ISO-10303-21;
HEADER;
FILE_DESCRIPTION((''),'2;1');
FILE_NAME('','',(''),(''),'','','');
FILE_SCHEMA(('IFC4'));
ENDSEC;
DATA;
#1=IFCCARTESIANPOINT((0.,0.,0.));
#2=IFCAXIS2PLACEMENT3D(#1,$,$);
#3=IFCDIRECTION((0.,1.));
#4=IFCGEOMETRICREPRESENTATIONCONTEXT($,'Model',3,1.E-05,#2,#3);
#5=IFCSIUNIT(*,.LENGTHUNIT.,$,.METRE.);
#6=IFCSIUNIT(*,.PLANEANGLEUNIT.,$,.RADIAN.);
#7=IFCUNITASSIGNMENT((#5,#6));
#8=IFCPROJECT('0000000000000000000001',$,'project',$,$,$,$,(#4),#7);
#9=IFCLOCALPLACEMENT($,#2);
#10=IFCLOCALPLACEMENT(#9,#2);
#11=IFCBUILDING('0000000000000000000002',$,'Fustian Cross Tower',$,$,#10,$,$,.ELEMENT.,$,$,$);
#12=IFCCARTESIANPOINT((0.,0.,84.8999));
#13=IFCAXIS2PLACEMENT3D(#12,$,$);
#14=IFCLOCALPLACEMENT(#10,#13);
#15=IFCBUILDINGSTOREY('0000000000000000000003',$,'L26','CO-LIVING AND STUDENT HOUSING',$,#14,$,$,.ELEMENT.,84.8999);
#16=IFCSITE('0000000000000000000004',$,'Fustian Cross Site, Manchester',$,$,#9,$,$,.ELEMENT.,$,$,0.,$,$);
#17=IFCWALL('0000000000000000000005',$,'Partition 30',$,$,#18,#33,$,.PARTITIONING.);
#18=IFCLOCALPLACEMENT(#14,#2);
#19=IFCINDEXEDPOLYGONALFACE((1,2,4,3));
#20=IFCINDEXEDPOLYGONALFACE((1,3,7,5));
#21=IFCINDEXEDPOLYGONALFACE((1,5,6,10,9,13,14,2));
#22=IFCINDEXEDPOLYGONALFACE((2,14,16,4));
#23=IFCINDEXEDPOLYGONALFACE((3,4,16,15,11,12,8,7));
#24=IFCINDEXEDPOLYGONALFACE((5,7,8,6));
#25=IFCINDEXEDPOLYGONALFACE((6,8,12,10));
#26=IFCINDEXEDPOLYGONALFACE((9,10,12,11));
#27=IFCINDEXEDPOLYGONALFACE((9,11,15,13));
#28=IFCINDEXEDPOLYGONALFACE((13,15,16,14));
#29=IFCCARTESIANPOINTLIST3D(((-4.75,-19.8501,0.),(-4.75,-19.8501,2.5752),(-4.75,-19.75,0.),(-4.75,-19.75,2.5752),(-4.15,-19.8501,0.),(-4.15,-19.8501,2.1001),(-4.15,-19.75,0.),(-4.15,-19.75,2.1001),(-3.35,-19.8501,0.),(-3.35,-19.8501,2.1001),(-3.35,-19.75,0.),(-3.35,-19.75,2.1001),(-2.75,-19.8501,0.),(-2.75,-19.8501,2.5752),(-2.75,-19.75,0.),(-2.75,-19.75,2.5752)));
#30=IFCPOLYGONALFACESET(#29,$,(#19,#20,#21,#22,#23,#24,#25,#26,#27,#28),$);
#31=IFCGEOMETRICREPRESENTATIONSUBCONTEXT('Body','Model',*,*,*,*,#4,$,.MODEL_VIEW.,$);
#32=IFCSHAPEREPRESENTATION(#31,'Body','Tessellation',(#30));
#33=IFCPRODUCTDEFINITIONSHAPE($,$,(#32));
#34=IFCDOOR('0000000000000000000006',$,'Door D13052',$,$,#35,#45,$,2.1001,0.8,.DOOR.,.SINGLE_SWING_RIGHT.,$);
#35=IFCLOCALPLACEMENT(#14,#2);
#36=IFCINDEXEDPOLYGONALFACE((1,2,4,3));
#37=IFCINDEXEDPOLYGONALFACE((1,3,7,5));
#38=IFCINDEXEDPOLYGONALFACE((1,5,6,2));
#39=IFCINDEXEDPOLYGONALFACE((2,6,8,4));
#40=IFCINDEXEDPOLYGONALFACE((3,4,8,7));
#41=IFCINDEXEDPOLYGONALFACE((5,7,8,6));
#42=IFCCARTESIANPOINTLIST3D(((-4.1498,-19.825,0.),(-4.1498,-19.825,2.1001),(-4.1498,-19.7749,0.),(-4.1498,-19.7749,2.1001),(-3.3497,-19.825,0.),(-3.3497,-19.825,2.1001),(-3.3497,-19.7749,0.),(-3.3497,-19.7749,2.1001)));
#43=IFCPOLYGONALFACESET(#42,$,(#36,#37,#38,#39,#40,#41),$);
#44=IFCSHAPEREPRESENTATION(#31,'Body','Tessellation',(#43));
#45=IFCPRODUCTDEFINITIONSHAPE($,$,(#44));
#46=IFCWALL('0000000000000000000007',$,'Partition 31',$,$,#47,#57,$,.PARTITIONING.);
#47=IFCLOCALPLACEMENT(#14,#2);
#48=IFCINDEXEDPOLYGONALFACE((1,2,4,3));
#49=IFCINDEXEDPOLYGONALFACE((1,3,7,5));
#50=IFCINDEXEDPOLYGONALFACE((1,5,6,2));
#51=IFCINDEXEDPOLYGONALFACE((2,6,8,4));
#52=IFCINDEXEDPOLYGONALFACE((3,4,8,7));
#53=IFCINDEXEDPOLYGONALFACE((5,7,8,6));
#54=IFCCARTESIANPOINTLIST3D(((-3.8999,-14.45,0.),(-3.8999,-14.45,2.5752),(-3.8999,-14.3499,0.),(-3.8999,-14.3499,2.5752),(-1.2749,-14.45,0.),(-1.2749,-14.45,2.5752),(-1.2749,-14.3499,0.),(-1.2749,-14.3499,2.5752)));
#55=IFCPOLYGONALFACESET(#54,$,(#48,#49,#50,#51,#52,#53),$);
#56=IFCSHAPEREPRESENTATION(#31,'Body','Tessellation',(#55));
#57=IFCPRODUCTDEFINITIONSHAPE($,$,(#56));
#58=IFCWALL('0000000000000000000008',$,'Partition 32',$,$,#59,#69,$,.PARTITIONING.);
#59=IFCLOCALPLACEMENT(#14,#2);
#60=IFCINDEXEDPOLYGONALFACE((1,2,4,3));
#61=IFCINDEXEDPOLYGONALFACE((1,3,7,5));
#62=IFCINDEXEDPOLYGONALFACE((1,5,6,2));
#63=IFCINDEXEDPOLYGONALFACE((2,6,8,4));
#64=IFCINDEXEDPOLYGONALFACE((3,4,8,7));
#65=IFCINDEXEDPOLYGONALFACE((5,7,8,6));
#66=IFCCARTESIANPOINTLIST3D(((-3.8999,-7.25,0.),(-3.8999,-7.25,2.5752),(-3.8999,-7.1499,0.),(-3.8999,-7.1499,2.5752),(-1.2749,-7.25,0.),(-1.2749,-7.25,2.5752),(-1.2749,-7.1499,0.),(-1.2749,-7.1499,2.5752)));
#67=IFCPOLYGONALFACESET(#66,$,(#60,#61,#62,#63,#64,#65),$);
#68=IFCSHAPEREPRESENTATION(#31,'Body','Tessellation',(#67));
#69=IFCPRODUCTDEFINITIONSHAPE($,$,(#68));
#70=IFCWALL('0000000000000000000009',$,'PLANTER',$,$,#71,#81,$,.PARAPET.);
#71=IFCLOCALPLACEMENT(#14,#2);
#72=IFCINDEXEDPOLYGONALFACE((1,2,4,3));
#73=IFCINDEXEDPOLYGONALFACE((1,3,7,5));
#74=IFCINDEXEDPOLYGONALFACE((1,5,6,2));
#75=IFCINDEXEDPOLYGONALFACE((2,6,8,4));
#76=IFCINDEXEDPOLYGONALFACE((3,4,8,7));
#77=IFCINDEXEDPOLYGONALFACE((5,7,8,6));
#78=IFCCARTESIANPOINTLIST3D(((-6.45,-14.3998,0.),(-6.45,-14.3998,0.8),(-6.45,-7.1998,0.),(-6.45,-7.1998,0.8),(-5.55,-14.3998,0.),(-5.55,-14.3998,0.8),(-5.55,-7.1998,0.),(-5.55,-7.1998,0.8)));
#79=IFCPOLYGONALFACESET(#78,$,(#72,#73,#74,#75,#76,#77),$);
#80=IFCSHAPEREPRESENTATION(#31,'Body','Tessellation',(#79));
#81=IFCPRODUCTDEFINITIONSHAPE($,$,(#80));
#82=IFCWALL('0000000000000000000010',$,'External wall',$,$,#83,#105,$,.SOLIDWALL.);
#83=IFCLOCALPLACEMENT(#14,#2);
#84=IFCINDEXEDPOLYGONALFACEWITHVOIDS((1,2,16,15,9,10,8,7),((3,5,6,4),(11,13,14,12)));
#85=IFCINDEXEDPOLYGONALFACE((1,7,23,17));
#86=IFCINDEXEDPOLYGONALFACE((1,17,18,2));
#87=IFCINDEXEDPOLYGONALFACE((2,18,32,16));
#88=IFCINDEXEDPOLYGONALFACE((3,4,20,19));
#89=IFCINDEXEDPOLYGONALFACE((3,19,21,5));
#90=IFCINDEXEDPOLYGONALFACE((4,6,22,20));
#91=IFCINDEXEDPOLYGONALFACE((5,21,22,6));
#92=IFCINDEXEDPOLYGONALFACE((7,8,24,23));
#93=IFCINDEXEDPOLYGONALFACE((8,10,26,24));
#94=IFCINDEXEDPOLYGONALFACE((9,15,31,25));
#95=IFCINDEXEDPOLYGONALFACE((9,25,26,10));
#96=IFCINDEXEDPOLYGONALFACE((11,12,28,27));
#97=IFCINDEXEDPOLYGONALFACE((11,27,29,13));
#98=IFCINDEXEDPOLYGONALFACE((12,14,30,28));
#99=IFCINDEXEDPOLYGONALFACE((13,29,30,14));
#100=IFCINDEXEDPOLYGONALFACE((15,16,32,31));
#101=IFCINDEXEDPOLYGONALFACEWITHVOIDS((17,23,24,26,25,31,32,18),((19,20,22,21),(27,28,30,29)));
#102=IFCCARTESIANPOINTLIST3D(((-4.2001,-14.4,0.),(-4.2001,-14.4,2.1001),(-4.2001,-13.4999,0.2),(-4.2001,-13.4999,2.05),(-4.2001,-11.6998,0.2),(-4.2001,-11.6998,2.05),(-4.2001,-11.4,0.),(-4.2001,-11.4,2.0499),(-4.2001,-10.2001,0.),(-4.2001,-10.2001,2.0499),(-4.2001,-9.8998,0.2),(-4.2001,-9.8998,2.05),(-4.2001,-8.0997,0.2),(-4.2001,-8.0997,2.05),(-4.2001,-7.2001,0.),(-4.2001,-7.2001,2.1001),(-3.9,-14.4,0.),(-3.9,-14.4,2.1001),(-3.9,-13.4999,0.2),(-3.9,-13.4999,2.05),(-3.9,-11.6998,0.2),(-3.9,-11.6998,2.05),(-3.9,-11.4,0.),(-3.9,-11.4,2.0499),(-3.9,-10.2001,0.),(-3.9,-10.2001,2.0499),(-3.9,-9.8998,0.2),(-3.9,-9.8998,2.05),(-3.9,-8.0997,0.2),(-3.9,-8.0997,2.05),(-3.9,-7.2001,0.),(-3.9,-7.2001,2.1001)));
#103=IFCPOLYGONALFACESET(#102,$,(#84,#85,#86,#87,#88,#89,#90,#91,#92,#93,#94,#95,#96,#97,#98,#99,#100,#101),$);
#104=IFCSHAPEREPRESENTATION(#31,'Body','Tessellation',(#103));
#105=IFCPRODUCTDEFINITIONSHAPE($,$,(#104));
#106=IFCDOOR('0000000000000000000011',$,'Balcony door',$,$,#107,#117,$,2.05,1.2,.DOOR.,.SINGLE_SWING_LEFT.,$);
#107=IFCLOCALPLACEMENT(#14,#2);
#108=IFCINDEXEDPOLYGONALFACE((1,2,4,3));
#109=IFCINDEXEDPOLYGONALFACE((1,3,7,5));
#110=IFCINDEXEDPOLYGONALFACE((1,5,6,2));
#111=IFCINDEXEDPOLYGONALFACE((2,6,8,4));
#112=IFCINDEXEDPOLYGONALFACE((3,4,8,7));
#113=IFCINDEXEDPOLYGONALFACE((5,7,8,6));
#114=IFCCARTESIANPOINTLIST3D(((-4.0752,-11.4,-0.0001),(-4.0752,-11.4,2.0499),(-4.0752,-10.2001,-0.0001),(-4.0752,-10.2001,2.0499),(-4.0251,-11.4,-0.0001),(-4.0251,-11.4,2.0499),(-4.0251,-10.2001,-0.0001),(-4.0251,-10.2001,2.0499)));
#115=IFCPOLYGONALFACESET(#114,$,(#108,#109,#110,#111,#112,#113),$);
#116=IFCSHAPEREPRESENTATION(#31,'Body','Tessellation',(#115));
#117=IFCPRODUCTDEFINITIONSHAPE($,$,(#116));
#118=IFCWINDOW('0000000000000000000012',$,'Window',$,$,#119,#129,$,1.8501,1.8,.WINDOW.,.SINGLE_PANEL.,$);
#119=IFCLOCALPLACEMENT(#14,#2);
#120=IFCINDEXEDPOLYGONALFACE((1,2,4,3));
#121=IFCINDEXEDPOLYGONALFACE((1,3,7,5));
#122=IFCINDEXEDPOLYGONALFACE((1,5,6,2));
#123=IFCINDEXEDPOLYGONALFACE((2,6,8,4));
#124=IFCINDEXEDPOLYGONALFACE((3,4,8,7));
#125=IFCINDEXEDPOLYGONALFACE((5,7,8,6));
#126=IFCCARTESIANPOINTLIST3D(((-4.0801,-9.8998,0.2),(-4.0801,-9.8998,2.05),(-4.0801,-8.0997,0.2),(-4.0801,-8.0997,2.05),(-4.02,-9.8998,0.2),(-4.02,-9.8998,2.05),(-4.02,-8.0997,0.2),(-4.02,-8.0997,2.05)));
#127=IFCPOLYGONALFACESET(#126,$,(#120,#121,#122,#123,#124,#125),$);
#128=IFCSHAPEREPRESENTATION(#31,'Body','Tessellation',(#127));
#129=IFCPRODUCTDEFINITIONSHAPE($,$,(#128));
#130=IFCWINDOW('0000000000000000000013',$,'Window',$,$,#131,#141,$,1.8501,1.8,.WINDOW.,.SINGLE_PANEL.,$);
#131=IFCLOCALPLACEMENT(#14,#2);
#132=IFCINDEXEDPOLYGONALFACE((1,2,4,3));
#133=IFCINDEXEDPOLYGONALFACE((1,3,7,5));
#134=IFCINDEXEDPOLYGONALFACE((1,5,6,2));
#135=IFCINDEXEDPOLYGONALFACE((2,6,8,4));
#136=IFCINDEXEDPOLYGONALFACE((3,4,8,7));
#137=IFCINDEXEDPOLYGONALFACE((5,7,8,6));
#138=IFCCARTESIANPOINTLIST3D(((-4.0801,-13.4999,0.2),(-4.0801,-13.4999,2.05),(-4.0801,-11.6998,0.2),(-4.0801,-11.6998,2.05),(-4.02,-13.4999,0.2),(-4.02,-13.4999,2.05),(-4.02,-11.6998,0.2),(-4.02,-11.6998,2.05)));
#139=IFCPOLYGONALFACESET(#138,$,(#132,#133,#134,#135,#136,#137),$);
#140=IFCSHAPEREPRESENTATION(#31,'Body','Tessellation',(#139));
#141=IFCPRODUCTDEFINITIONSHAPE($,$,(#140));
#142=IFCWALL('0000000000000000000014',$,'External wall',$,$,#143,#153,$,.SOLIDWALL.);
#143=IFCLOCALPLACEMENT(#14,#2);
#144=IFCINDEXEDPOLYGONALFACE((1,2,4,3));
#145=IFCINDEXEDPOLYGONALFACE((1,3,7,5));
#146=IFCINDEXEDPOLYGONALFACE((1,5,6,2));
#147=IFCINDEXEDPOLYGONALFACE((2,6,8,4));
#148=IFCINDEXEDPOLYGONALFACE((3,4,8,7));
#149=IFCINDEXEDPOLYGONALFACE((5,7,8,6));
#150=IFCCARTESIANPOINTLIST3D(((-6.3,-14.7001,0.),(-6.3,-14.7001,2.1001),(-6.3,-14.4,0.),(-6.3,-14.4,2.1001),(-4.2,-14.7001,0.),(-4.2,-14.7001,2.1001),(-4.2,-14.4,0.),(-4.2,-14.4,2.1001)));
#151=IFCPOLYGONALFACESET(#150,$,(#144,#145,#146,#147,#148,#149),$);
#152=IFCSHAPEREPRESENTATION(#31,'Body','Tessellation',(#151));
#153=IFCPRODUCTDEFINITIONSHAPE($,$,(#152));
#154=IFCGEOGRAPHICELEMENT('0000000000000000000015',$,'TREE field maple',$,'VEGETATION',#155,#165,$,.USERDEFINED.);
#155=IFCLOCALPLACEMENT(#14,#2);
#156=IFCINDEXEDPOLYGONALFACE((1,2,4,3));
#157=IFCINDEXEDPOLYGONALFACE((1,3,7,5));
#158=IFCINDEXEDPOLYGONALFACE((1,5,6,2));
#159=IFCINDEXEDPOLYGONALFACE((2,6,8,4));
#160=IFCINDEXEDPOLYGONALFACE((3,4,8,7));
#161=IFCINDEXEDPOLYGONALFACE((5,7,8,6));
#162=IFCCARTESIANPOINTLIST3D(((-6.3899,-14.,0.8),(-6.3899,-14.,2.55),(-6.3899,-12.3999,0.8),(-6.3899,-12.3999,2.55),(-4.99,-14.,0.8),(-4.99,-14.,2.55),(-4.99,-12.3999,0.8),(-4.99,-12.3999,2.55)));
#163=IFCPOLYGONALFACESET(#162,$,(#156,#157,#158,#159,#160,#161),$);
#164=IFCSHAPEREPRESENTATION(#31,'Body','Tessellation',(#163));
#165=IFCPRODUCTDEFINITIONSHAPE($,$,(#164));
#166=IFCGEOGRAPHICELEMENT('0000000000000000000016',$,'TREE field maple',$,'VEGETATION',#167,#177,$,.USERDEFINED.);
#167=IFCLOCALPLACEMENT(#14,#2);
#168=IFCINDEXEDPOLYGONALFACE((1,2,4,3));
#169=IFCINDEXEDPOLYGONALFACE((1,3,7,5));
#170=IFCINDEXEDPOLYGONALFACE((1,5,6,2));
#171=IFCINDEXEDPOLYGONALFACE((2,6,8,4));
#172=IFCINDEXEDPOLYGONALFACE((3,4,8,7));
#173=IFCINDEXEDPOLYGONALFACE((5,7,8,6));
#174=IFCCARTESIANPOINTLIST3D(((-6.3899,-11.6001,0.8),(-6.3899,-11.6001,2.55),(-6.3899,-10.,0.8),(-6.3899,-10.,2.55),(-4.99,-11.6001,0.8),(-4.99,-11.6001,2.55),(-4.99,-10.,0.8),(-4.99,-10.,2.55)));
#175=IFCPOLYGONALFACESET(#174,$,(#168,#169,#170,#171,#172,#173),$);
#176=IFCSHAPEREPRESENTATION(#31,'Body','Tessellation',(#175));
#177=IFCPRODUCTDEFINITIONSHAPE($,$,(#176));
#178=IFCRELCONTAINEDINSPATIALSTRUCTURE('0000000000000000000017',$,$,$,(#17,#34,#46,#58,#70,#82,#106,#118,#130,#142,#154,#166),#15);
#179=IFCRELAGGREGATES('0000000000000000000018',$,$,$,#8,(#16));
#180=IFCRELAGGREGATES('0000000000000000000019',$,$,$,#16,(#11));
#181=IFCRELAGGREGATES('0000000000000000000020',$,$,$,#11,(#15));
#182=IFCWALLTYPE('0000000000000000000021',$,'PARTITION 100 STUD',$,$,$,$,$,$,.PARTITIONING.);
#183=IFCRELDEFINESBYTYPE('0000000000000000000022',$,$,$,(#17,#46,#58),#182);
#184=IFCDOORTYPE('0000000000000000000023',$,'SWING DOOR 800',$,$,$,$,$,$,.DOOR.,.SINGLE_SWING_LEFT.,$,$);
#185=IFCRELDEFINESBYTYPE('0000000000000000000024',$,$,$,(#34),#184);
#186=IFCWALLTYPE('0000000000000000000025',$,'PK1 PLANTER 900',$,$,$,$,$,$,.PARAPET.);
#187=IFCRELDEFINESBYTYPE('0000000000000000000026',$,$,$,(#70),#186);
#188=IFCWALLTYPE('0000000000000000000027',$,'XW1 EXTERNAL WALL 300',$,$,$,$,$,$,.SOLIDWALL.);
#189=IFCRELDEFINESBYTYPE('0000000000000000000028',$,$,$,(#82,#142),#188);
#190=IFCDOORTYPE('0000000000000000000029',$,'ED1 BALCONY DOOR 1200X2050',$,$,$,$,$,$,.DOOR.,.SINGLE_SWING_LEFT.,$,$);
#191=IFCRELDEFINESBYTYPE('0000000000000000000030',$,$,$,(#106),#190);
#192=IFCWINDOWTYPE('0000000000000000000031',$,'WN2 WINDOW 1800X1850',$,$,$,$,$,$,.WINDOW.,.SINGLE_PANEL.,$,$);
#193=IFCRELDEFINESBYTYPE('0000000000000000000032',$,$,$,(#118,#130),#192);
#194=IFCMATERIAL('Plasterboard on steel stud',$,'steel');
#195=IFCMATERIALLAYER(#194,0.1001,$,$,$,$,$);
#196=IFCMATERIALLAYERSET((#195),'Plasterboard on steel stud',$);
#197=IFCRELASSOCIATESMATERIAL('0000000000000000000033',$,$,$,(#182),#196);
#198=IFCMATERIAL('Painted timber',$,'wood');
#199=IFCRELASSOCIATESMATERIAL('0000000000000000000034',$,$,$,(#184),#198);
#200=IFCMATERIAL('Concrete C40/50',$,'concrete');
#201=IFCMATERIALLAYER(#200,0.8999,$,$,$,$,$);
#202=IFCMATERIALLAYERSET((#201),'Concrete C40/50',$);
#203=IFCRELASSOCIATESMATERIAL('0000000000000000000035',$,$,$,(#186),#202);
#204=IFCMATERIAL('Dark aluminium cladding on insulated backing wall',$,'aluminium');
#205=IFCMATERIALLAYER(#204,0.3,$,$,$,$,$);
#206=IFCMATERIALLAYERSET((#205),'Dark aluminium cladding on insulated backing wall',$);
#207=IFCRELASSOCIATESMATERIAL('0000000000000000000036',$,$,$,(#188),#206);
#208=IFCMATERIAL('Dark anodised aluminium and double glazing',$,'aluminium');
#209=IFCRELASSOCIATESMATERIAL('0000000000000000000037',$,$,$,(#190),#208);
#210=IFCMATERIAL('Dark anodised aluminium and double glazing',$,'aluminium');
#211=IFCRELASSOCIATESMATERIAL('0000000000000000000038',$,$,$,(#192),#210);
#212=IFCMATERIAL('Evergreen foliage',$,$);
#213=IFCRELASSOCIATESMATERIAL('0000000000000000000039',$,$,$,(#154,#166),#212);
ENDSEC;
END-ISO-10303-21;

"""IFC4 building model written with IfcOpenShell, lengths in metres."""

from ifc_helpers import new_model, si_unit, direction, frame, frame_2d, origin, origin_2d, place, context, subcontext, project, spatial, rectangle, extrude, material, layer, layer_set, type_object, element, fill, save


model = new_model("IFC4")

# Units and contexts
model_context = context("Model", 3, precision=1e-05, world=origin(), true_north=direction((0.0, 1.0)))
body_context = subcontext(model_context, "Body", "Model", "MODEL_VIEW")
ifc_project = project(units=[si_unit("LENGTHUNIT", "METRE"), si_unit("PLANEANGLEUNIT", "RADIAN")], contexts=[model_context])

# Site, building, storey
site_placement = place(None, origin())
site = spatial("IfcSite", under=ifc_project, at=site_placement, Name="Fustian Cross Site, Manchester", CompositionType="ELEMENT", RefElevation=0.0)
building_placement = place(site_placement, origin())
building = spatial("IfcBuilding", under=site, at=building_placement, Name="Fustian Cross Tower", CompositionType="ELEMENT")
storey_placement = place(building_placement, frame((0.0, 0.0, 84.8999)))
storey = spatial("IfcBuildingStorey", under=building, at=storey_placement, Name="L26", Description="CO-LIVING AND STUDENT HOUSING", CompositionType="ELEMENT", Elevation=84.8999)

# Shared definitions
ifc_material_1 = material(Name="Plasterboard on steel stud", Category="steel")
ifc_layer_1 = layer(ifc_material_1, 0.1001)
ifc_layer_set_1 = layer_set([ifc_layer_1], Name="Plasterboard on steel stud")
wall_type_1 = type_object("IfcWallType", Name="PARTITION 100 STUD", PredefinedType="PARTITIONING", material=ifc_layer_set_1)

# Wall, opening, door
ifc_material_2 = material(Name="Painted timber", Category="wood")
door_type_1 = type_object("IfcDoorType", Name="SWING DOOR 800", OperationType="SINGLE_SWING_LEFT", PredefinedType="DOOR", material=ifc_material_2)
wall_1_placement = place(storey_placement, frame((-4.75, -19.8, 0.0), z_axis=(0.0, 0.0, 1.0), x_axis=(1.0, 0.0, 0.0)))
wall_1 = element("IfcWall", 1, at=wall_1_placement, inside=storey, type_object=wall_type_1, Name="Partition 30", PredefinedType="PARTITIONING", context=body_context, shape_type="SweptSolid", body=[
    extrude(rectangle(XDim=2.0, YDim=0.1001, at=frame_2d((1.0, 0.0))), origin(), (0.0, 0.0, 1.0), 2.5752),
])
opening_1_placement = place(wall_1_placement, frame((0.6001, 0.0, 0.0)))
opening_1 = element("IfcOpeningElement", 2, at=opening_1_placement, cuts=wall_1, PredefinedType="OPENING", context=body_context, shape_type="SweptSolid", body=[
    extrude(rectangle(XDim=0.8, YDim=2.1001, at=frame_2d((0.3999, 1.05))), frame((0.0, 0.0601, 0.0), z_axis=(0.0, -1.0, 0.0), x_axis=(1.0, 0.0, 0.0)), (0.0, 0.0, 1.0), 0.1201),
])
door_1_placement = place(opening_1_placement, frame((0.8, 0.0, 0.0), z_axis=(0.0, 0.0, 1.0), x_axis=(-1.0, 0.0, 0.0)))
door_1 = element("IfcDoor", 3, at=door_1_placement, inside=storey, type_object=door_type_1, Name="Door D13052", OperationType="SINGLE_SWING_RIGHT", OverallHeight=2.1001, OverallWidth=0.8, PredefinedType="DOOR", context=body_context, shape_type="SweptSolid", body=[
    extrude(rectangle(XDim=0.8, YDim=2.1001, at=frame_2d((0.3999, 1.05))), frame((0.0, 0.0249, 0.0), z_axis=(0.0, -1.0, 0.0), x_axis=(1.0, 0.0, 0.0)), (0.0, 0.0, 1.0), 0.05),
])
fill(opening_1, door_1)

# Walls
for number, where, z_axis, x_axis, name in (
    (4, (-3.8999, -14.3999, 0.0), (0.0, 0.0, 1.0), (1.0, 0.0, 0.0), "Partition 31"),
    (5, (-3.8999, -7.2, 0.0), (0.0, 0.0, 1.0), (1.0, 0.0, 0.0), "Partition 32"),
):
    element("IfcWall", number, at=place(storey_placement, frame(where, z_axis=z_axis, x_axis=x_axis)), inside=storey, type_object=wall_type_1, Name=name, PredefinedType="PARTITIONING", context=body_context, shape_type="SweptSolid", body=[
        extrude(rectangle(XDim=2.625, YDim=0.1001, at=frame_2d((1.3125, 0.0))), origin(), (0.0, 0.0, 1.0), 2.5752),
    ])
ifc_material_3 = material(Name="Concrete C40/50", Category="concrete")
ifc_layer_2 = layer(ifc_material_3, 0.8999)
ifc_layer_set_2 = layer_set([ifc_layer_2], Name="Concrete C40/50")
wall_type_2 = type_object("IfcWallType", Name="PK1 PLANTER 900", PredefinedType="PARAPET", material=ifc_layer_set_2)
wall_2_placement = place(storey_placement, frame((-6.0, -14.3999, 0.0), z_axis=(0.0, 0.0, 1.0), x_axis=(0.0, 1.0, 0.0)))
element("IfcWall", 6, at=wall_2_placement, inside=storey, type_object=wall_type_2, Name="PLANTER", PredefinedType="PARAPET", context=body_context, shape_type="SweptSolid", body=[
    extrude(rectangle(XDim=7.2, YDim=0.8999, at=frame_2d((3.6001, 0.0))), origin(), (0.0, 0.0, 1.0), 0.8),
])

# Wall, openings, door, windows
ifc_material_4 = material(Name="Dark aluminium cladding on insulated backing wall", Category="aluminium")
ifc_layer_3 = layer(ifc_material_4, 0.3)
ifc_layer_set_3 = layer_set([ifc_layer_3], Name="Dark aluminium cladding on insulated backing wall")
wall_type_3 = type_object("IfcWallType", Name="XW1 EXTERNAL WALL 300", PredefinedType="SOLIDWALL", material=ifc_layer_set_3)
wall_3_placement = place(storey_placement, frame((-4.05, -7.2, 0.0), z_axis=(0.0, 0.0, 1.0), x_axis=(0.0, -1.0, 0.0)))
wall_3 = element("IfcWall", 7, at=wall_3_placement, inside=storey, type_object=wall_type_3, Name="External wall", PredefinedType="SOLIDWALL", context=body_context, shape_type="SweptSolid", body=[
    extrude(rectangle(XDim=7.2, YDim=0.3, at=frame_2d((3.6001, 0.0))), origin(), (0.0, 0.0, 1.0), 2.1001),
])
opening_2_placement = place(wall_3_placement, frame((3.0, 0.0, 0.0)))
opening_2 = element("IfcOpeningElement", 8, at=opening_2_placement, cuts=wall_3, PredefinedType="OPENING", context=body_context, shape_type="SweptSolid", body=[
    extrude(rectangle(XDim=1.2, YDim=2.05, at=frame_2d((0.6001, 1.0249))), frame((0.0, 0.1599, 0.0), z_axis=(0.0, -1.0, 0.0), x_axis=(1.0, 0.0, 0.0)), (0.0, 0.0, 1.0), 0.3201),
])
opening_3_placement = place(wall_3_placement, frame((0.8999, 0.0, 0.2)))
opening_3 = element("IfcOpeningElement", 9, at=opening_3_placement, cuts=wall_3, PredefinedType="OPENING", context=body_context, shape_type="SweptSolid", body=[
    extrude(rectangle(XDim=1.8, YDim=1.8501, at=frame_2d((0.8999, 0.925))), frame((0.0, 0.1599, 0.0), z_axis=(0.0, -1.0, 0.0), x_axis=(1.0, 0.0, 0.0)), (0.0, 0.0, 1.0), 0.3201),
])
opening_4_placement = place(wall_3_placement, frame((4.5, 0.0, 0.2)))
opening_4 = element("IfcOpeningElement", 10, at=opening_4_placement, cuts=wall_3, PredefinedType="OPENING", context=body_context, shape_type="SweptSolid", body=[
    extrude(rectangle(XDim=1.8, YDim=1.8501, at=frame_2d((0.8999, 0.925))), frame((0.0, 0.1599, 0.0), z_axis=(0.0, -1.0, 0.0), x_axis=(1.0, 0.0, 0.0)), (0.0, 0.0, 1.0), 0.3201),
])
ifc_material_5 = material(Name="Dark anodised aluminium and double glazing", Category="aluminium")
door_type_2 = type_object("IfcDoorType", Name="ED1 BALCONY DOOR 1200X2050", OperationType="SINGLE_SWING_LEFT", PredefinedType="DOOR", material=ifc_material_5)
door_2_placement = place(opening_2_placement, origin())
door_2 = element("IfcDoor", 11, at=door_2_placement, inside=storey, type_object=door_type_2, Name="Balcony door", OperationType="SINGLE_SWING_LEFT", OverallHeight=2.05, OverallWidth=1.2, PredefinedType="DOOR", context=body_context, shape_type="SweptSolid", body=[
    extrude(rectangle(XDim=1.2, YDim=2.05, at=frame_2d((0.6001, 1.0249))), frame((0.0, 0.0249, 0.0), z_axis=(0.0, -1.0, 0.0), x_axis=(1.0, 0.0, 0.0)), (0.0, 0.0, 1.0), 0.05),
])
fill(opening_2, door_2)
ifc_material_6 = material(Name="Dark anodised aluminium and double glazing", Category="aluminium")
window_type = type_object("IfcWindowType", Name="WN2 WINDOW 1800X1850", PartitioningType="SINGLE_PANEL", PredefinedType="WINDOW", material=ifc_material_6)
window_1_placement = place(opening_3_placement, origin())
window_1 = element("IfcWindow", 12, at=window_1_placement, inside=storey, type_object=window_type, Name="Window", OverallHeight=1.8501, OverallWidth=1.8, PartitioningType="SINGLE_PANEL", PredefinedType="WINDOW", context=body_context, shape_type="SweptSolid", body=[
    extrude(rectangle(XDim=1.8, YDim=1.8501, at=frame_2d((0.8999, 0.925))), frame((0.0, 0.03, 0.0), z_axis=(0.0, -1.0, 0.0), x_axis=(1.0, 0.0, 0.0)), (0.0, 0.0, 1.0), 0.0601),
])
fill(opening_3, window_1)
window_2_placement = place(opening_4_placement, origin())
window_2 = element("IfcWindow", 13, at=window_2_placement, inside=storey, type_object=window_type, Name="Window", OverallHeight=1.8501, OverallWidth=1.8, PartitioningType="SINGLE_PANEL", PredefinedType="WINDOW", context=body_context, shape_type="SweptSolid", body=[
    extrude(rectangle(XDim=1.8, YDim=1.8501, at=frame_2d((0.8999, 0.925))), frame((0.0, 0.03, 0.0), z_axis=(0.0, -1.0, 0.0), x_axis=(1.0, 0.0, 0.0)), (0.0, 0.0, 1.0), 0.0601),
])
fill(opening_4, window_2)

# Wall
wall_4_placement = place(storey_placement, frame((-4.2, -14.55, 0.0), z_axis=(0.0, 0.0, 1.0), x_axis=(-1.0, 0.0, 0.0)))
element("IfcWall", 14, at=wall_4_placement, inside=storey, type_object=wall_type_3, Name="External wall", PredefinedType="SOLIDWALL", context=body_context, shape_type="SweptSolid", body=[
    extrude(rectangle(XDim=2.1001, YDim=0.3, at=frame_2d((1.05, 0.0))), origin(), (0.0, 0.0, 1.0), 2.1001),
])

# Geographic elements
ifc_material_7 = material(Name="Evergreen foliage")
for number, where, z_axis, x_axis, name in (
    (15, (-5.6899, -13.2, 0.8), (0.0, 0.0, 1.0), (1.0, 0.0, 0.0), "TREE field maple"),
    (16, (-5.6899, -10.8, 0.8), (0.0, 0.0, 1.0), (1.0, 0.0, 0.0), "TREE field maple"),
):
    element("IfcGeographicElement", number, at=place(storey_placement, frame(where, z_axis=z_axis, x_axis=x_axis)), inside=storey, material=ifc_material_7, Name=name, ObjectType="VEGETATION", PredefinedType="USERDEFINED", context=body_context, shape_type="SweptSolid", body=[
        extrude(rectangle(XDim=1.3999, YDim=1.6001, at=origin_2d()), origin(), (0.0, 0.0, 1.0), 1.75),
    ])

save(model, "model.ifc")
